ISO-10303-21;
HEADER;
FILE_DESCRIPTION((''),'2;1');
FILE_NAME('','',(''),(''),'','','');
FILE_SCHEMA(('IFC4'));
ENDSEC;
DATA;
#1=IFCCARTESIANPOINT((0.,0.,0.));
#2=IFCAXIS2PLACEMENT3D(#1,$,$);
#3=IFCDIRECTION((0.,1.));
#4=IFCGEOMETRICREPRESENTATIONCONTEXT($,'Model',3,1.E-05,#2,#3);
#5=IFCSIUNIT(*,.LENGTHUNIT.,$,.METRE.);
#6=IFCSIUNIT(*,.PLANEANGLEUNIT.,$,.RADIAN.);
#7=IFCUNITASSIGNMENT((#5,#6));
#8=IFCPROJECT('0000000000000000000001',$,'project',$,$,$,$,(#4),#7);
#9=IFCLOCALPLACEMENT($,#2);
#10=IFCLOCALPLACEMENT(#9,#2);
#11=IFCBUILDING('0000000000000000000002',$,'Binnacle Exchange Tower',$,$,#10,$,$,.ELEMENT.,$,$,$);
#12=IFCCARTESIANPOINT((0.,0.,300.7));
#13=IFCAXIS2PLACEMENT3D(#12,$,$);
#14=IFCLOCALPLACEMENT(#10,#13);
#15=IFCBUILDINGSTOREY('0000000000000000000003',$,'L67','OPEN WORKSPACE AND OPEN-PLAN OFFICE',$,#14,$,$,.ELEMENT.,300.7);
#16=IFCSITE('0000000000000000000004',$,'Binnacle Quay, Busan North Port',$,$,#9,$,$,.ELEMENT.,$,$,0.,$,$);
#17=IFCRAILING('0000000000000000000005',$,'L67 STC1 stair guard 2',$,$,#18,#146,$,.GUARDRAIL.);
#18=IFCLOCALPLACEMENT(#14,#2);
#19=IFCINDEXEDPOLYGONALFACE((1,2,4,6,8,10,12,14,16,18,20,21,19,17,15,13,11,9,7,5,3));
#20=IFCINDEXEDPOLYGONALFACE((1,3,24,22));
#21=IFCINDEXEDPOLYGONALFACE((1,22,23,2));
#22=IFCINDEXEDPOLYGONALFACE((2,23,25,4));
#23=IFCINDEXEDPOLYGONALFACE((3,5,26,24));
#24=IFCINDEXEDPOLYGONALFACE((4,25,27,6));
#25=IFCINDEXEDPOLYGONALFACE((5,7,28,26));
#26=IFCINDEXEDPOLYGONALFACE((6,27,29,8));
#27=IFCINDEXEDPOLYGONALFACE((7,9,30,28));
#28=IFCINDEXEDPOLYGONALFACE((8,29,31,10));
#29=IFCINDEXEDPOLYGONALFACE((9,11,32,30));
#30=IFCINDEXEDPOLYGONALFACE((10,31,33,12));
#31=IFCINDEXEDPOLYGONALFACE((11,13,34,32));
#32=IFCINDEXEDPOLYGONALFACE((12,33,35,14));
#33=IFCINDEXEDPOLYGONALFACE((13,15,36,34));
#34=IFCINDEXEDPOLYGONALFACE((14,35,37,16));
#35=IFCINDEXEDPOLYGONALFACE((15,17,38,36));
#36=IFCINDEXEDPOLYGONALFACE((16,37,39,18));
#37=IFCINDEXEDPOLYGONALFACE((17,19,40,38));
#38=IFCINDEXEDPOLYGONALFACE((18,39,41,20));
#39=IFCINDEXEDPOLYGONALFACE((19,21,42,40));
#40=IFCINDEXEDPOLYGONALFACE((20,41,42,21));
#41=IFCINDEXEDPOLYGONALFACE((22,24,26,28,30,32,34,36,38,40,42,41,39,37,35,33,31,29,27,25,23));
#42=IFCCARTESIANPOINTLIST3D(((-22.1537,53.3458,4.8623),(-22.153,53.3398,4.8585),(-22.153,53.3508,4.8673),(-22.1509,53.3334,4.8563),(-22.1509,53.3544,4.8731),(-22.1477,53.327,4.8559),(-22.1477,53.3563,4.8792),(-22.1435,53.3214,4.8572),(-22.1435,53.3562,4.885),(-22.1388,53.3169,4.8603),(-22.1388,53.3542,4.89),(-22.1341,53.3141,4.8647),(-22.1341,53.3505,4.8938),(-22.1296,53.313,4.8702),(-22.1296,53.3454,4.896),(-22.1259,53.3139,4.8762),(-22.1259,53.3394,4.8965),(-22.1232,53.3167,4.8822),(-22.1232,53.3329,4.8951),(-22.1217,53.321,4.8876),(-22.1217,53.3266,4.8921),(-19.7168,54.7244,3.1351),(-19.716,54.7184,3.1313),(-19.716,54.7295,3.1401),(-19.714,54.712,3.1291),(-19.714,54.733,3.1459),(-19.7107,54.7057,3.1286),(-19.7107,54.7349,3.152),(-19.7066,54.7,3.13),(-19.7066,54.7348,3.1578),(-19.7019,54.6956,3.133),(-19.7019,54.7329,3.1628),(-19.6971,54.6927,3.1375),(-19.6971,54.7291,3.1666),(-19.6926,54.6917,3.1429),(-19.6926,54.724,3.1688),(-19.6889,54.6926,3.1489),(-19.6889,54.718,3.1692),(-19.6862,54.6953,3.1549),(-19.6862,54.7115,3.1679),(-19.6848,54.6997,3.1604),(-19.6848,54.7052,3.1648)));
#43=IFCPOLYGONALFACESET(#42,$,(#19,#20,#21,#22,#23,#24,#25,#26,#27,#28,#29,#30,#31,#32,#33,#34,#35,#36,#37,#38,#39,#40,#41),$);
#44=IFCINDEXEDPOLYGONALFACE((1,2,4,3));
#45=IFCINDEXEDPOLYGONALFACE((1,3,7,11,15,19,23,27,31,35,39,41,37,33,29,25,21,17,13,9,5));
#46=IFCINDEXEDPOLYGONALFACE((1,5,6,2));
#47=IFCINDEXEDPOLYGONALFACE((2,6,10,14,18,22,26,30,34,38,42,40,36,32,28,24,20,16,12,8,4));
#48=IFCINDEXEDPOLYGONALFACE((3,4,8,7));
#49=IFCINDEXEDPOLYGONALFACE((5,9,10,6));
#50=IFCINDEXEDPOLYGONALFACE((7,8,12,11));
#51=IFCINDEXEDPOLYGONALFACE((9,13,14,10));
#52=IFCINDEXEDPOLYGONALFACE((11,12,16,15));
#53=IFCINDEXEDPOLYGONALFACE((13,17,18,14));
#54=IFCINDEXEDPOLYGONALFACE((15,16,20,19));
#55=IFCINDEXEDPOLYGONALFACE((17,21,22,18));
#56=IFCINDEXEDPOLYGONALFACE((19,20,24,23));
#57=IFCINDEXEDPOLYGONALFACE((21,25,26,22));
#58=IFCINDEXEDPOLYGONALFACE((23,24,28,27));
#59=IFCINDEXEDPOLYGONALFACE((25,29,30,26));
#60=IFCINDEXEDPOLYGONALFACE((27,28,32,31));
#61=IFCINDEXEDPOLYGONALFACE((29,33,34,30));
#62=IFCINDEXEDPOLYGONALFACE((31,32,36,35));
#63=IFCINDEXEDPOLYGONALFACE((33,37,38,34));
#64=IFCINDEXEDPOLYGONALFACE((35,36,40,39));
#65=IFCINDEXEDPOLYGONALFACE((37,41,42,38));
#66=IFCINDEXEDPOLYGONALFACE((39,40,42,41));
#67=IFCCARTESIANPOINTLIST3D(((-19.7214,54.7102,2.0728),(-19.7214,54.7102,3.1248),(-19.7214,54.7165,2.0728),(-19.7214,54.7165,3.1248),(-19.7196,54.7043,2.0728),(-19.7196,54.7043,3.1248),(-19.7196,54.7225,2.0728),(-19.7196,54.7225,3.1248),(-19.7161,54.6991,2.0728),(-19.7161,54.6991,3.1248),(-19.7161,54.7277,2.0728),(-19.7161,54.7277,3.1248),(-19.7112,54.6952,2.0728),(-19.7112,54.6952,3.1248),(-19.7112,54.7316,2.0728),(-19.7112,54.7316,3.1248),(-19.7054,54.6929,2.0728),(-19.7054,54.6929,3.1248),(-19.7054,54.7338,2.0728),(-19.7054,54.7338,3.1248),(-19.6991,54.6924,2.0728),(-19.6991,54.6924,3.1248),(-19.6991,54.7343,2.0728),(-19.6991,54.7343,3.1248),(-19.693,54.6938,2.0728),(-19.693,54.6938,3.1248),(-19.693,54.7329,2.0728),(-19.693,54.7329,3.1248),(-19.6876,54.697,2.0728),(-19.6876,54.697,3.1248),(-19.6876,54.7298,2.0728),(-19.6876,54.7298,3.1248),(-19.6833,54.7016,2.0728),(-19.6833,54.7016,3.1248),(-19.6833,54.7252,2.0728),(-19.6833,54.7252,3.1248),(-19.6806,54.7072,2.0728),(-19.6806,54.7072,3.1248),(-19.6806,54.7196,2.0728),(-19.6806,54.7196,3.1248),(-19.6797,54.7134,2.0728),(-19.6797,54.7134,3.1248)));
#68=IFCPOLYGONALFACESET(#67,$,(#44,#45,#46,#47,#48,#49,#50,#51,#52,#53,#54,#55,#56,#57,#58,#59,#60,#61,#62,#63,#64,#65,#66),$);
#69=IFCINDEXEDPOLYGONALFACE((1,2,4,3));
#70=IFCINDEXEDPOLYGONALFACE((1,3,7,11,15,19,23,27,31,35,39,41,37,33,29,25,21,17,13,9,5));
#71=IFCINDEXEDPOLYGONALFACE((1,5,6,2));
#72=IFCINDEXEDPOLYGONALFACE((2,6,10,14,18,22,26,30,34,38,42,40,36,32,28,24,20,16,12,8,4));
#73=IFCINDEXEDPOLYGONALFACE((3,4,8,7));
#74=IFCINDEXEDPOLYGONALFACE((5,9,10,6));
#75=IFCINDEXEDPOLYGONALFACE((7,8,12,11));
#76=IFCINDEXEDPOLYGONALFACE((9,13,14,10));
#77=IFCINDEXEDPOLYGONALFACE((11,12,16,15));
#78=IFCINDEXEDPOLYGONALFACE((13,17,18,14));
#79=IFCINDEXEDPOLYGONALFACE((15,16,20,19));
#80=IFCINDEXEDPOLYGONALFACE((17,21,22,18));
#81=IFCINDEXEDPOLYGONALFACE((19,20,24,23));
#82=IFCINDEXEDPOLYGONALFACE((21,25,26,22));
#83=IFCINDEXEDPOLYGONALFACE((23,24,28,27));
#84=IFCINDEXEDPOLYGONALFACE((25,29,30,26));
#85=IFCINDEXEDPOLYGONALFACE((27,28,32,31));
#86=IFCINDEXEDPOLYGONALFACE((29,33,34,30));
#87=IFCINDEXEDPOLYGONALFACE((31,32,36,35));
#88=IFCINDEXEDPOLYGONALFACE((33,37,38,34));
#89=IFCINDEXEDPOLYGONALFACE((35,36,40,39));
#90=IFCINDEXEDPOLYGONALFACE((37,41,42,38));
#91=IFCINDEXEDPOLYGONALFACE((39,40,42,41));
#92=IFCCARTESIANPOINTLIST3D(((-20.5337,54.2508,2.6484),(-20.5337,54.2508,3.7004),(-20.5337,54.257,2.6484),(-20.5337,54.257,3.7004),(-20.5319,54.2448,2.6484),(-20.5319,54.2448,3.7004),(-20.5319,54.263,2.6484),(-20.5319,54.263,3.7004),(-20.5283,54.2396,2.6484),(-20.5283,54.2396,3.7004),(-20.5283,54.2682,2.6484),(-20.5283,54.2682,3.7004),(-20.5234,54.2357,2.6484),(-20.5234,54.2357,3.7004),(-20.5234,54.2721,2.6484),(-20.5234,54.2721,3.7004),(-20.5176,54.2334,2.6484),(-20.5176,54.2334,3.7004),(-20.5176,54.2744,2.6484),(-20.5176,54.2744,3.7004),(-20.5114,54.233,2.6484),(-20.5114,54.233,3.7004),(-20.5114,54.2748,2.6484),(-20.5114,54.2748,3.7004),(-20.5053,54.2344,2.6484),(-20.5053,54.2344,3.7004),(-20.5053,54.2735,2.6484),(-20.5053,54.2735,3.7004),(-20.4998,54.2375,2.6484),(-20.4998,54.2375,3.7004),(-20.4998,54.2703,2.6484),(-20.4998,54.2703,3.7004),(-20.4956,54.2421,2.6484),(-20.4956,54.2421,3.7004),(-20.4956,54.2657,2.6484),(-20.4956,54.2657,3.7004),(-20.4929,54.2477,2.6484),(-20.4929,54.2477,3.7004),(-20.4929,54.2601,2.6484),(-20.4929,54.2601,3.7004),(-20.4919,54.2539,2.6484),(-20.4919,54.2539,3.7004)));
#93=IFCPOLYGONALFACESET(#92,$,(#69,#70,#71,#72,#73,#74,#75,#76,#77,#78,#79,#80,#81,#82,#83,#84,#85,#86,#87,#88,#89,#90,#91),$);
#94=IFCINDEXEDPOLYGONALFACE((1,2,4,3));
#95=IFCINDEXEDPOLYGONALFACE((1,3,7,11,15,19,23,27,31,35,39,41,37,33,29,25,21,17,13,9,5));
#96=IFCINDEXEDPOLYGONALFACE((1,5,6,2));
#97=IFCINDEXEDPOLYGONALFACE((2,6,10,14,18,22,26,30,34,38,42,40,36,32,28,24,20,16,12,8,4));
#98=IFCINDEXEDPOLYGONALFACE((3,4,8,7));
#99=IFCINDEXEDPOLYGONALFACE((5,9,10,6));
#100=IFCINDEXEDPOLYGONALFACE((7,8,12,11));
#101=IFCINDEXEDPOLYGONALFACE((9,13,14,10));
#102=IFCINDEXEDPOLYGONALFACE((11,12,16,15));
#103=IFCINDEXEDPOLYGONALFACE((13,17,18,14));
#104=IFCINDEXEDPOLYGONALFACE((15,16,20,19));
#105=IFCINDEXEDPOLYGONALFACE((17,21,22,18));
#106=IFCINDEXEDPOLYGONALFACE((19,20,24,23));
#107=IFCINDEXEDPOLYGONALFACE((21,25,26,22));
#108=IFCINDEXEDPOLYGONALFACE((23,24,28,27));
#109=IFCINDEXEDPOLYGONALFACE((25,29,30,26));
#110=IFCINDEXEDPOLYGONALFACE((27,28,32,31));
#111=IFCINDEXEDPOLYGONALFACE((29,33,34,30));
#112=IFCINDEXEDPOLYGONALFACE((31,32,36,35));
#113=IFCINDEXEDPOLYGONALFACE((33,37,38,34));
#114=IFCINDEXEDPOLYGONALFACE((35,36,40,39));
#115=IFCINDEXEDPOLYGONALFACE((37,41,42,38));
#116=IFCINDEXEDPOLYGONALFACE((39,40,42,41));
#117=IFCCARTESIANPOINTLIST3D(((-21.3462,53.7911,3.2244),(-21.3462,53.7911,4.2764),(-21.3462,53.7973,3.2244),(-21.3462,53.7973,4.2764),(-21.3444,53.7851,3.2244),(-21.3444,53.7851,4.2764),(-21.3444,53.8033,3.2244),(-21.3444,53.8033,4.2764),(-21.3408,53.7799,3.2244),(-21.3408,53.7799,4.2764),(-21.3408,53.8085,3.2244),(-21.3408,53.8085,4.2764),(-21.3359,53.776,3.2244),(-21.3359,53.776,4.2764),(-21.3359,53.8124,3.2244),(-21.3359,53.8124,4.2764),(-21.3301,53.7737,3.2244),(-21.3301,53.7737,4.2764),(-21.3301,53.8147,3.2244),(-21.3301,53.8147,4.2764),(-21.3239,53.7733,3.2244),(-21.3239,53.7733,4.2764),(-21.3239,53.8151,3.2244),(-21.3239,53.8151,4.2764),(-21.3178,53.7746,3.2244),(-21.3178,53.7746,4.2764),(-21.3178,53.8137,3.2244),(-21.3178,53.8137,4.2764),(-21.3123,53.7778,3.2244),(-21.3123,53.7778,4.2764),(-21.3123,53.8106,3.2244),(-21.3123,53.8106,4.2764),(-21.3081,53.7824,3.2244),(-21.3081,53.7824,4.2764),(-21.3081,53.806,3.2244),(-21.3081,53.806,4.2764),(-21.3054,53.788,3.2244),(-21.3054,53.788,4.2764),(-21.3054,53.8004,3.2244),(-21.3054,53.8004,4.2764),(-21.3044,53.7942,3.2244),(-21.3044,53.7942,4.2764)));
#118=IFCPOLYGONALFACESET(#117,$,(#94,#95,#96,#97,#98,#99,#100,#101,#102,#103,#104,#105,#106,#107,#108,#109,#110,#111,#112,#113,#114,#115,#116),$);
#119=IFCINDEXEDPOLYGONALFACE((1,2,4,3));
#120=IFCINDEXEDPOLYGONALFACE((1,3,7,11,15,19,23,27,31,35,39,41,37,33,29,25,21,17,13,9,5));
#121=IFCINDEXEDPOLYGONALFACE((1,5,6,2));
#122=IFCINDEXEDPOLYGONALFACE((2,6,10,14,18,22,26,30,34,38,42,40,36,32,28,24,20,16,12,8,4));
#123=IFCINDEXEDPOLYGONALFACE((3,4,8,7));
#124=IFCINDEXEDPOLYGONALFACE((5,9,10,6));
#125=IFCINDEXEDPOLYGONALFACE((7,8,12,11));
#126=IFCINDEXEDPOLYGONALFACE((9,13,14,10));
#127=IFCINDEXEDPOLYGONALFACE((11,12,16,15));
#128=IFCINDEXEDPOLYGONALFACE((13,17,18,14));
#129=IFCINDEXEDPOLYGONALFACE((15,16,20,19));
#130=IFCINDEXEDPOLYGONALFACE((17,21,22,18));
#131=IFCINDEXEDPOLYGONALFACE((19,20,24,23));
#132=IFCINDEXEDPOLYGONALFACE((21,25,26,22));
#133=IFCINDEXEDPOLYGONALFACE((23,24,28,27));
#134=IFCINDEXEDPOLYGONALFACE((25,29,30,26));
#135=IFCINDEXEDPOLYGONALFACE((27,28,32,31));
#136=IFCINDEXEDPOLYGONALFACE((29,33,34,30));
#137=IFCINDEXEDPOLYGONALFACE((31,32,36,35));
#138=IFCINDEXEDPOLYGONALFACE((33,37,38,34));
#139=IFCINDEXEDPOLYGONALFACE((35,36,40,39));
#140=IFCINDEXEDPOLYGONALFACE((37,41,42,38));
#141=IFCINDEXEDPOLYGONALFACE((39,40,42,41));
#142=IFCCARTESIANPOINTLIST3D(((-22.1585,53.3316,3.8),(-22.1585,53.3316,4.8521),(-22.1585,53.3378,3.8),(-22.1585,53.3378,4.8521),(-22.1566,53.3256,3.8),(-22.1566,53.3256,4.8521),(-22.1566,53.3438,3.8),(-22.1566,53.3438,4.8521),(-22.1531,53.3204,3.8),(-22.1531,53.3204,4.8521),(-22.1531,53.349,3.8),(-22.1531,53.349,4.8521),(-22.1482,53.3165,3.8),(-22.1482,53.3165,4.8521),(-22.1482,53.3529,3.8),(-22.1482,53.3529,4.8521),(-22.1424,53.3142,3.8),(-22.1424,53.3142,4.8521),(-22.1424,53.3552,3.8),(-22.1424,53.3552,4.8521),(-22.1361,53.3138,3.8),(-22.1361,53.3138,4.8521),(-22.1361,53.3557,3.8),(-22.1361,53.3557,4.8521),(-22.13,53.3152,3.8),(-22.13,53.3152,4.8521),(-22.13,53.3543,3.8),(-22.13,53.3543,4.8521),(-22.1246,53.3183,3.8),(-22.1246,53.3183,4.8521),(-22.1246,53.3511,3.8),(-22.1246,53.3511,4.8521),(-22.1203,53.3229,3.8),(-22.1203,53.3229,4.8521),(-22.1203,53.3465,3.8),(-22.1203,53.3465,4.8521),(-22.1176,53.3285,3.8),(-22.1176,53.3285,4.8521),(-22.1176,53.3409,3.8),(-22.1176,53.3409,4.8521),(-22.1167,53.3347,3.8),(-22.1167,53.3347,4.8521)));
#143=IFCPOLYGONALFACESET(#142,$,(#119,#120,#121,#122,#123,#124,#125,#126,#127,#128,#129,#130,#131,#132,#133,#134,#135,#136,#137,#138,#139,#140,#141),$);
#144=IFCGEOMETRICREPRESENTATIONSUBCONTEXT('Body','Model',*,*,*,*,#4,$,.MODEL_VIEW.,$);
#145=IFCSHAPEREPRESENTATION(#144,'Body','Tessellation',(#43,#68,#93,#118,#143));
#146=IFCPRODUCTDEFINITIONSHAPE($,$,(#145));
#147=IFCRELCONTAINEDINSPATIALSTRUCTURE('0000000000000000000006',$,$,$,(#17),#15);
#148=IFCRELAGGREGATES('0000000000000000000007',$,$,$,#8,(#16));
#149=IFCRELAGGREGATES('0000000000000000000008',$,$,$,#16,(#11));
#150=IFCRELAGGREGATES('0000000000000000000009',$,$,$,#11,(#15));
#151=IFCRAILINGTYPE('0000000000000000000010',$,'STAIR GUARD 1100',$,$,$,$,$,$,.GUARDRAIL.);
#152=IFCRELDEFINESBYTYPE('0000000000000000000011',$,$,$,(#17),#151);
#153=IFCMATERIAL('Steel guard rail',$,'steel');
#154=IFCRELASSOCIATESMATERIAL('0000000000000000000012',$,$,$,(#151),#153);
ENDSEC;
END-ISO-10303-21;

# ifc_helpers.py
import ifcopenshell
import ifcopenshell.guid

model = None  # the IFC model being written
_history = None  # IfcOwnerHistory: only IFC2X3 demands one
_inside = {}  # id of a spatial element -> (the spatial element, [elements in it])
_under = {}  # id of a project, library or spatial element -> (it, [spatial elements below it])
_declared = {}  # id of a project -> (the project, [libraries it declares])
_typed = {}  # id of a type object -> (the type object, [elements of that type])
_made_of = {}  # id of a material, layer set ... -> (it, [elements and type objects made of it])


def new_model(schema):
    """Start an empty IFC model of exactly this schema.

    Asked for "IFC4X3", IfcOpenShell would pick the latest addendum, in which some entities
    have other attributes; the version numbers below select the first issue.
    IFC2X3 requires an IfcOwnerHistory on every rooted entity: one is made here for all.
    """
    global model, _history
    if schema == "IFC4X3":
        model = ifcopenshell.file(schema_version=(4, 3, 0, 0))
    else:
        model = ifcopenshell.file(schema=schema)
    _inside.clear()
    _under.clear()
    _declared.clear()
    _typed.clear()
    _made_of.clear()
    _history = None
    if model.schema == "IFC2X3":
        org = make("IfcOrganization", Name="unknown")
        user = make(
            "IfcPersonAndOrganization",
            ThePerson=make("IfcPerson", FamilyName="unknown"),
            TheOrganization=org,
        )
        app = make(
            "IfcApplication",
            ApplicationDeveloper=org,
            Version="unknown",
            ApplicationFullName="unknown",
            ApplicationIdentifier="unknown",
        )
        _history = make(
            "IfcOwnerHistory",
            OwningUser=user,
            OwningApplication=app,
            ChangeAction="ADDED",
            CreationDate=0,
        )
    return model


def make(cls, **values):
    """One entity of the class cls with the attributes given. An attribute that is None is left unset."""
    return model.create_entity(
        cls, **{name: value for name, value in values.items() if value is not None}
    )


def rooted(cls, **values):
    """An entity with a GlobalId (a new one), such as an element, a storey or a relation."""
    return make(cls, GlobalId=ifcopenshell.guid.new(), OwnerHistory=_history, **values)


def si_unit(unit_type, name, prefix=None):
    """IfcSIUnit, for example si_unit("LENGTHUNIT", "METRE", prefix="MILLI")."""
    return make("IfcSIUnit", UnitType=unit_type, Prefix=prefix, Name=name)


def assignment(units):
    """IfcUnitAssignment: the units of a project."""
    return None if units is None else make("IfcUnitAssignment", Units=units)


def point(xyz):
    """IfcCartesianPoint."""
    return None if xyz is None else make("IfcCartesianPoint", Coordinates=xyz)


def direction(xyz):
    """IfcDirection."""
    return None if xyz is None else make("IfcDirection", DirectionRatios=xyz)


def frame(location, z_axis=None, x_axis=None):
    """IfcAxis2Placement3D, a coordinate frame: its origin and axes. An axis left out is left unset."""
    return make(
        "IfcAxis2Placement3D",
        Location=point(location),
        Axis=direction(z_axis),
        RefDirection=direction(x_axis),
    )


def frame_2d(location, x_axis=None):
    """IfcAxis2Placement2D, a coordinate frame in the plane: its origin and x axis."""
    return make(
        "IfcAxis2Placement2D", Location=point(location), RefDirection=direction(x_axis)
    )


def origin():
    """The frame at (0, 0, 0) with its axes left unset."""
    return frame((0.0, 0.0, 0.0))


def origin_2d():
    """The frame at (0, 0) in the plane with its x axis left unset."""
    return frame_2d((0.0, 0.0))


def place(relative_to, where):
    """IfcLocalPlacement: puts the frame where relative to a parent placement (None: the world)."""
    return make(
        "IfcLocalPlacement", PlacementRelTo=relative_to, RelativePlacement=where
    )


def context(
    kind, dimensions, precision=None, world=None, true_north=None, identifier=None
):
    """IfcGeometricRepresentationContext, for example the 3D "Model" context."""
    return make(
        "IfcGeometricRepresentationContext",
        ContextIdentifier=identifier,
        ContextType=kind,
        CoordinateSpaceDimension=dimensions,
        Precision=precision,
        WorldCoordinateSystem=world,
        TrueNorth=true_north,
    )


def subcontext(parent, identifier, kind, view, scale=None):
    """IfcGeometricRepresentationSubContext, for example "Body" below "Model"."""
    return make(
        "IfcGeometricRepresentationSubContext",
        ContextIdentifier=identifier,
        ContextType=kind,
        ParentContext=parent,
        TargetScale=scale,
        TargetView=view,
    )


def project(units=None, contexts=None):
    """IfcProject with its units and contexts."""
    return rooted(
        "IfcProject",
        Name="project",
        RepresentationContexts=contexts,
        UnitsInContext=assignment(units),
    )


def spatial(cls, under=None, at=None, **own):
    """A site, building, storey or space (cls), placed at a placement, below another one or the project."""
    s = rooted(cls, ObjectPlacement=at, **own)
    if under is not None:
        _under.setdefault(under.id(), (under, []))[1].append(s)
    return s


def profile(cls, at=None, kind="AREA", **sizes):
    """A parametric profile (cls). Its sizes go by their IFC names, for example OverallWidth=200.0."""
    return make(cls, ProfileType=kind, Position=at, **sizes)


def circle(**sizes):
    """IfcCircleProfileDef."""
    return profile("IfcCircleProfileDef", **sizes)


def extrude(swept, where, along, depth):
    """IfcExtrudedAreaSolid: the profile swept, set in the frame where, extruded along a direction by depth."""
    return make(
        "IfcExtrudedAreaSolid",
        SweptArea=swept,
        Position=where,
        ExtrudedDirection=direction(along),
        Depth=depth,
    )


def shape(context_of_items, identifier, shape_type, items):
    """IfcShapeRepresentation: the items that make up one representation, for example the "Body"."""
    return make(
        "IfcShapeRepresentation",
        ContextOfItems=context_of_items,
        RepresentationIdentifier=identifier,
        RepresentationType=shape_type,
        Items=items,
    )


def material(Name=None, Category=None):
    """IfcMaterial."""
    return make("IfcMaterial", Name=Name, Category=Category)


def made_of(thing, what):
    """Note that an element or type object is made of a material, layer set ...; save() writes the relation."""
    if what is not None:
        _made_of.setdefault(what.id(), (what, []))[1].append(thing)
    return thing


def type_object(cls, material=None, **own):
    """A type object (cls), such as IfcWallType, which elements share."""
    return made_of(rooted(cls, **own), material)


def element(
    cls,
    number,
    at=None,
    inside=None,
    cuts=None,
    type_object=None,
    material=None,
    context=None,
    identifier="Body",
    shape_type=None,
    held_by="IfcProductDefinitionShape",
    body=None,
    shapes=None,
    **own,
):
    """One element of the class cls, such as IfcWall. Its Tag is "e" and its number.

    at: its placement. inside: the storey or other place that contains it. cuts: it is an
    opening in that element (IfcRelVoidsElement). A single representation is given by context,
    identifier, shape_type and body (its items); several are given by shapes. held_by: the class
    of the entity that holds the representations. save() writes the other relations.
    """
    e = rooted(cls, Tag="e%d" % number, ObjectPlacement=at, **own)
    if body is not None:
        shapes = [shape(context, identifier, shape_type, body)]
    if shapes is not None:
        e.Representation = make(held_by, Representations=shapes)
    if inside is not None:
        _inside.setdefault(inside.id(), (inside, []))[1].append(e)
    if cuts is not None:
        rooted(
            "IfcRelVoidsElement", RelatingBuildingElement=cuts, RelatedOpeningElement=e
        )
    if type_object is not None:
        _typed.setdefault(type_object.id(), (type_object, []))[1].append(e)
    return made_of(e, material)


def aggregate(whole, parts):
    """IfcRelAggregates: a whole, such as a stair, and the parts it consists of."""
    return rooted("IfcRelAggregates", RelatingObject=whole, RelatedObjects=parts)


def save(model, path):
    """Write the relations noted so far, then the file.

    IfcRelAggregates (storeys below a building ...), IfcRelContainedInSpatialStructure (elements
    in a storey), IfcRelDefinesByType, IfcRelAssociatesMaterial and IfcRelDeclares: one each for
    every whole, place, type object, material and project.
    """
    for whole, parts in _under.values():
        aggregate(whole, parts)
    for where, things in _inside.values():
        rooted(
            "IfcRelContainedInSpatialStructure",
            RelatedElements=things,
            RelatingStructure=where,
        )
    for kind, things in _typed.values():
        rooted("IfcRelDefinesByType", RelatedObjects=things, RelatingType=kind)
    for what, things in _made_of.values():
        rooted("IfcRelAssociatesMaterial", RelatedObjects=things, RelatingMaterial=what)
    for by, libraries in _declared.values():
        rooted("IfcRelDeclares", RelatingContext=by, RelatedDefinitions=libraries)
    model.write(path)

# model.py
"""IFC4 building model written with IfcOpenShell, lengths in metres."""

from ifc_helpers import new_model, si_unit, direction, frame, origin, origin_2d, place, context, subcontext, project, spatial, circle, extrude, material, type_object, element, save


model = new_model("IFC4")

# Units and contexts
model_context = context("Model", 3, precision=1e-05, world=origin(), true_north=direction((0.0, 1.0)))
body_context = subcontext(model_context, "Body", "Model", "MODEL_VIEW")
ifc_project = project(units=[si_unit("LENGTHUNIT", "METRE"), si_unit("PLANEANGLEUNIT", "RADIAN")], contexts=[model_context])

# Site, building, storey
site_placement = place(None, origin())
site = spatial("IfcSite", under=ifc_project, at=site_placement, Name="Binnacle Quay, Busan North Port", CompositionType="ELEMENT", RefElevation=0.0)
building_placement = place(site_placement, origin())
building = spatial("IfcBuilding", under=site, at=building_placement, Name="Binnacle Exchange Tower", CompositionType="ELEMENT")
storey_placement = place(building_placement, frame((0.0, 0.0, 300.7)))
storey = spatial("IfcBuildingStorey", under=building, at=storey_placement, Name="L67", Description="OPEN WORKSPACE AND OPEN-PLAN OFFICE", CompositionType="ELEMENT", Elevation=300.7)

# Railing
ifc_material_1 = material(Name="Steel guard rail", Category="steel")
railing_type = type_object("IfcRailingType", Name="STAIR GUARD 1100", PredefinedType="GUARDRAIL", material=ifc_material_1)
railing_placement = place(storey_placement, frame((-19.7007, 54.7134, 2.0728)))
element("IfcRailing", 1, at=railing_placement, inside=storey, type_object=railing_type, Name="L67 STC1 stair guard 2", PredefinedType="GUARDRAIL", context=body_context, shape_type="SweptSolid", body=[
    extrude(circle(Radius=0.0239, at=origin_2d()), frame((0.0, 0.0, 1.0762), z_axis=(-0.740761, -0.419062, 0.525033), x_axis=(0.492388, -0.870376, 0.0)), (0.0, 0.0, 1.0), 3.2898),
    extrude(circle(Radius=0.021, at=origin_2d()), origin(), (0.0, 0.0, 1.0), 1.052),
    extrude(circle(Radius=0.021, at=origin_2d()), frame((-0.8123, -0.4595, 0.5757)), (0.0, 0.0, 1.0), 1.052),
    extrude(circle(Radius=0.021, at=origin_2d()), frame((-1.6248, -0.9192, 1.1516)), (0.0, 0.0, 1.0), 1.052),
    extrude(circle(Radius=0.021, at=origin_2d()), frame((-2.437, -1.3787, 1.7273)), (0.0, 0.0, 1.0), 1.052),
])

save(model, "model.ifc")
